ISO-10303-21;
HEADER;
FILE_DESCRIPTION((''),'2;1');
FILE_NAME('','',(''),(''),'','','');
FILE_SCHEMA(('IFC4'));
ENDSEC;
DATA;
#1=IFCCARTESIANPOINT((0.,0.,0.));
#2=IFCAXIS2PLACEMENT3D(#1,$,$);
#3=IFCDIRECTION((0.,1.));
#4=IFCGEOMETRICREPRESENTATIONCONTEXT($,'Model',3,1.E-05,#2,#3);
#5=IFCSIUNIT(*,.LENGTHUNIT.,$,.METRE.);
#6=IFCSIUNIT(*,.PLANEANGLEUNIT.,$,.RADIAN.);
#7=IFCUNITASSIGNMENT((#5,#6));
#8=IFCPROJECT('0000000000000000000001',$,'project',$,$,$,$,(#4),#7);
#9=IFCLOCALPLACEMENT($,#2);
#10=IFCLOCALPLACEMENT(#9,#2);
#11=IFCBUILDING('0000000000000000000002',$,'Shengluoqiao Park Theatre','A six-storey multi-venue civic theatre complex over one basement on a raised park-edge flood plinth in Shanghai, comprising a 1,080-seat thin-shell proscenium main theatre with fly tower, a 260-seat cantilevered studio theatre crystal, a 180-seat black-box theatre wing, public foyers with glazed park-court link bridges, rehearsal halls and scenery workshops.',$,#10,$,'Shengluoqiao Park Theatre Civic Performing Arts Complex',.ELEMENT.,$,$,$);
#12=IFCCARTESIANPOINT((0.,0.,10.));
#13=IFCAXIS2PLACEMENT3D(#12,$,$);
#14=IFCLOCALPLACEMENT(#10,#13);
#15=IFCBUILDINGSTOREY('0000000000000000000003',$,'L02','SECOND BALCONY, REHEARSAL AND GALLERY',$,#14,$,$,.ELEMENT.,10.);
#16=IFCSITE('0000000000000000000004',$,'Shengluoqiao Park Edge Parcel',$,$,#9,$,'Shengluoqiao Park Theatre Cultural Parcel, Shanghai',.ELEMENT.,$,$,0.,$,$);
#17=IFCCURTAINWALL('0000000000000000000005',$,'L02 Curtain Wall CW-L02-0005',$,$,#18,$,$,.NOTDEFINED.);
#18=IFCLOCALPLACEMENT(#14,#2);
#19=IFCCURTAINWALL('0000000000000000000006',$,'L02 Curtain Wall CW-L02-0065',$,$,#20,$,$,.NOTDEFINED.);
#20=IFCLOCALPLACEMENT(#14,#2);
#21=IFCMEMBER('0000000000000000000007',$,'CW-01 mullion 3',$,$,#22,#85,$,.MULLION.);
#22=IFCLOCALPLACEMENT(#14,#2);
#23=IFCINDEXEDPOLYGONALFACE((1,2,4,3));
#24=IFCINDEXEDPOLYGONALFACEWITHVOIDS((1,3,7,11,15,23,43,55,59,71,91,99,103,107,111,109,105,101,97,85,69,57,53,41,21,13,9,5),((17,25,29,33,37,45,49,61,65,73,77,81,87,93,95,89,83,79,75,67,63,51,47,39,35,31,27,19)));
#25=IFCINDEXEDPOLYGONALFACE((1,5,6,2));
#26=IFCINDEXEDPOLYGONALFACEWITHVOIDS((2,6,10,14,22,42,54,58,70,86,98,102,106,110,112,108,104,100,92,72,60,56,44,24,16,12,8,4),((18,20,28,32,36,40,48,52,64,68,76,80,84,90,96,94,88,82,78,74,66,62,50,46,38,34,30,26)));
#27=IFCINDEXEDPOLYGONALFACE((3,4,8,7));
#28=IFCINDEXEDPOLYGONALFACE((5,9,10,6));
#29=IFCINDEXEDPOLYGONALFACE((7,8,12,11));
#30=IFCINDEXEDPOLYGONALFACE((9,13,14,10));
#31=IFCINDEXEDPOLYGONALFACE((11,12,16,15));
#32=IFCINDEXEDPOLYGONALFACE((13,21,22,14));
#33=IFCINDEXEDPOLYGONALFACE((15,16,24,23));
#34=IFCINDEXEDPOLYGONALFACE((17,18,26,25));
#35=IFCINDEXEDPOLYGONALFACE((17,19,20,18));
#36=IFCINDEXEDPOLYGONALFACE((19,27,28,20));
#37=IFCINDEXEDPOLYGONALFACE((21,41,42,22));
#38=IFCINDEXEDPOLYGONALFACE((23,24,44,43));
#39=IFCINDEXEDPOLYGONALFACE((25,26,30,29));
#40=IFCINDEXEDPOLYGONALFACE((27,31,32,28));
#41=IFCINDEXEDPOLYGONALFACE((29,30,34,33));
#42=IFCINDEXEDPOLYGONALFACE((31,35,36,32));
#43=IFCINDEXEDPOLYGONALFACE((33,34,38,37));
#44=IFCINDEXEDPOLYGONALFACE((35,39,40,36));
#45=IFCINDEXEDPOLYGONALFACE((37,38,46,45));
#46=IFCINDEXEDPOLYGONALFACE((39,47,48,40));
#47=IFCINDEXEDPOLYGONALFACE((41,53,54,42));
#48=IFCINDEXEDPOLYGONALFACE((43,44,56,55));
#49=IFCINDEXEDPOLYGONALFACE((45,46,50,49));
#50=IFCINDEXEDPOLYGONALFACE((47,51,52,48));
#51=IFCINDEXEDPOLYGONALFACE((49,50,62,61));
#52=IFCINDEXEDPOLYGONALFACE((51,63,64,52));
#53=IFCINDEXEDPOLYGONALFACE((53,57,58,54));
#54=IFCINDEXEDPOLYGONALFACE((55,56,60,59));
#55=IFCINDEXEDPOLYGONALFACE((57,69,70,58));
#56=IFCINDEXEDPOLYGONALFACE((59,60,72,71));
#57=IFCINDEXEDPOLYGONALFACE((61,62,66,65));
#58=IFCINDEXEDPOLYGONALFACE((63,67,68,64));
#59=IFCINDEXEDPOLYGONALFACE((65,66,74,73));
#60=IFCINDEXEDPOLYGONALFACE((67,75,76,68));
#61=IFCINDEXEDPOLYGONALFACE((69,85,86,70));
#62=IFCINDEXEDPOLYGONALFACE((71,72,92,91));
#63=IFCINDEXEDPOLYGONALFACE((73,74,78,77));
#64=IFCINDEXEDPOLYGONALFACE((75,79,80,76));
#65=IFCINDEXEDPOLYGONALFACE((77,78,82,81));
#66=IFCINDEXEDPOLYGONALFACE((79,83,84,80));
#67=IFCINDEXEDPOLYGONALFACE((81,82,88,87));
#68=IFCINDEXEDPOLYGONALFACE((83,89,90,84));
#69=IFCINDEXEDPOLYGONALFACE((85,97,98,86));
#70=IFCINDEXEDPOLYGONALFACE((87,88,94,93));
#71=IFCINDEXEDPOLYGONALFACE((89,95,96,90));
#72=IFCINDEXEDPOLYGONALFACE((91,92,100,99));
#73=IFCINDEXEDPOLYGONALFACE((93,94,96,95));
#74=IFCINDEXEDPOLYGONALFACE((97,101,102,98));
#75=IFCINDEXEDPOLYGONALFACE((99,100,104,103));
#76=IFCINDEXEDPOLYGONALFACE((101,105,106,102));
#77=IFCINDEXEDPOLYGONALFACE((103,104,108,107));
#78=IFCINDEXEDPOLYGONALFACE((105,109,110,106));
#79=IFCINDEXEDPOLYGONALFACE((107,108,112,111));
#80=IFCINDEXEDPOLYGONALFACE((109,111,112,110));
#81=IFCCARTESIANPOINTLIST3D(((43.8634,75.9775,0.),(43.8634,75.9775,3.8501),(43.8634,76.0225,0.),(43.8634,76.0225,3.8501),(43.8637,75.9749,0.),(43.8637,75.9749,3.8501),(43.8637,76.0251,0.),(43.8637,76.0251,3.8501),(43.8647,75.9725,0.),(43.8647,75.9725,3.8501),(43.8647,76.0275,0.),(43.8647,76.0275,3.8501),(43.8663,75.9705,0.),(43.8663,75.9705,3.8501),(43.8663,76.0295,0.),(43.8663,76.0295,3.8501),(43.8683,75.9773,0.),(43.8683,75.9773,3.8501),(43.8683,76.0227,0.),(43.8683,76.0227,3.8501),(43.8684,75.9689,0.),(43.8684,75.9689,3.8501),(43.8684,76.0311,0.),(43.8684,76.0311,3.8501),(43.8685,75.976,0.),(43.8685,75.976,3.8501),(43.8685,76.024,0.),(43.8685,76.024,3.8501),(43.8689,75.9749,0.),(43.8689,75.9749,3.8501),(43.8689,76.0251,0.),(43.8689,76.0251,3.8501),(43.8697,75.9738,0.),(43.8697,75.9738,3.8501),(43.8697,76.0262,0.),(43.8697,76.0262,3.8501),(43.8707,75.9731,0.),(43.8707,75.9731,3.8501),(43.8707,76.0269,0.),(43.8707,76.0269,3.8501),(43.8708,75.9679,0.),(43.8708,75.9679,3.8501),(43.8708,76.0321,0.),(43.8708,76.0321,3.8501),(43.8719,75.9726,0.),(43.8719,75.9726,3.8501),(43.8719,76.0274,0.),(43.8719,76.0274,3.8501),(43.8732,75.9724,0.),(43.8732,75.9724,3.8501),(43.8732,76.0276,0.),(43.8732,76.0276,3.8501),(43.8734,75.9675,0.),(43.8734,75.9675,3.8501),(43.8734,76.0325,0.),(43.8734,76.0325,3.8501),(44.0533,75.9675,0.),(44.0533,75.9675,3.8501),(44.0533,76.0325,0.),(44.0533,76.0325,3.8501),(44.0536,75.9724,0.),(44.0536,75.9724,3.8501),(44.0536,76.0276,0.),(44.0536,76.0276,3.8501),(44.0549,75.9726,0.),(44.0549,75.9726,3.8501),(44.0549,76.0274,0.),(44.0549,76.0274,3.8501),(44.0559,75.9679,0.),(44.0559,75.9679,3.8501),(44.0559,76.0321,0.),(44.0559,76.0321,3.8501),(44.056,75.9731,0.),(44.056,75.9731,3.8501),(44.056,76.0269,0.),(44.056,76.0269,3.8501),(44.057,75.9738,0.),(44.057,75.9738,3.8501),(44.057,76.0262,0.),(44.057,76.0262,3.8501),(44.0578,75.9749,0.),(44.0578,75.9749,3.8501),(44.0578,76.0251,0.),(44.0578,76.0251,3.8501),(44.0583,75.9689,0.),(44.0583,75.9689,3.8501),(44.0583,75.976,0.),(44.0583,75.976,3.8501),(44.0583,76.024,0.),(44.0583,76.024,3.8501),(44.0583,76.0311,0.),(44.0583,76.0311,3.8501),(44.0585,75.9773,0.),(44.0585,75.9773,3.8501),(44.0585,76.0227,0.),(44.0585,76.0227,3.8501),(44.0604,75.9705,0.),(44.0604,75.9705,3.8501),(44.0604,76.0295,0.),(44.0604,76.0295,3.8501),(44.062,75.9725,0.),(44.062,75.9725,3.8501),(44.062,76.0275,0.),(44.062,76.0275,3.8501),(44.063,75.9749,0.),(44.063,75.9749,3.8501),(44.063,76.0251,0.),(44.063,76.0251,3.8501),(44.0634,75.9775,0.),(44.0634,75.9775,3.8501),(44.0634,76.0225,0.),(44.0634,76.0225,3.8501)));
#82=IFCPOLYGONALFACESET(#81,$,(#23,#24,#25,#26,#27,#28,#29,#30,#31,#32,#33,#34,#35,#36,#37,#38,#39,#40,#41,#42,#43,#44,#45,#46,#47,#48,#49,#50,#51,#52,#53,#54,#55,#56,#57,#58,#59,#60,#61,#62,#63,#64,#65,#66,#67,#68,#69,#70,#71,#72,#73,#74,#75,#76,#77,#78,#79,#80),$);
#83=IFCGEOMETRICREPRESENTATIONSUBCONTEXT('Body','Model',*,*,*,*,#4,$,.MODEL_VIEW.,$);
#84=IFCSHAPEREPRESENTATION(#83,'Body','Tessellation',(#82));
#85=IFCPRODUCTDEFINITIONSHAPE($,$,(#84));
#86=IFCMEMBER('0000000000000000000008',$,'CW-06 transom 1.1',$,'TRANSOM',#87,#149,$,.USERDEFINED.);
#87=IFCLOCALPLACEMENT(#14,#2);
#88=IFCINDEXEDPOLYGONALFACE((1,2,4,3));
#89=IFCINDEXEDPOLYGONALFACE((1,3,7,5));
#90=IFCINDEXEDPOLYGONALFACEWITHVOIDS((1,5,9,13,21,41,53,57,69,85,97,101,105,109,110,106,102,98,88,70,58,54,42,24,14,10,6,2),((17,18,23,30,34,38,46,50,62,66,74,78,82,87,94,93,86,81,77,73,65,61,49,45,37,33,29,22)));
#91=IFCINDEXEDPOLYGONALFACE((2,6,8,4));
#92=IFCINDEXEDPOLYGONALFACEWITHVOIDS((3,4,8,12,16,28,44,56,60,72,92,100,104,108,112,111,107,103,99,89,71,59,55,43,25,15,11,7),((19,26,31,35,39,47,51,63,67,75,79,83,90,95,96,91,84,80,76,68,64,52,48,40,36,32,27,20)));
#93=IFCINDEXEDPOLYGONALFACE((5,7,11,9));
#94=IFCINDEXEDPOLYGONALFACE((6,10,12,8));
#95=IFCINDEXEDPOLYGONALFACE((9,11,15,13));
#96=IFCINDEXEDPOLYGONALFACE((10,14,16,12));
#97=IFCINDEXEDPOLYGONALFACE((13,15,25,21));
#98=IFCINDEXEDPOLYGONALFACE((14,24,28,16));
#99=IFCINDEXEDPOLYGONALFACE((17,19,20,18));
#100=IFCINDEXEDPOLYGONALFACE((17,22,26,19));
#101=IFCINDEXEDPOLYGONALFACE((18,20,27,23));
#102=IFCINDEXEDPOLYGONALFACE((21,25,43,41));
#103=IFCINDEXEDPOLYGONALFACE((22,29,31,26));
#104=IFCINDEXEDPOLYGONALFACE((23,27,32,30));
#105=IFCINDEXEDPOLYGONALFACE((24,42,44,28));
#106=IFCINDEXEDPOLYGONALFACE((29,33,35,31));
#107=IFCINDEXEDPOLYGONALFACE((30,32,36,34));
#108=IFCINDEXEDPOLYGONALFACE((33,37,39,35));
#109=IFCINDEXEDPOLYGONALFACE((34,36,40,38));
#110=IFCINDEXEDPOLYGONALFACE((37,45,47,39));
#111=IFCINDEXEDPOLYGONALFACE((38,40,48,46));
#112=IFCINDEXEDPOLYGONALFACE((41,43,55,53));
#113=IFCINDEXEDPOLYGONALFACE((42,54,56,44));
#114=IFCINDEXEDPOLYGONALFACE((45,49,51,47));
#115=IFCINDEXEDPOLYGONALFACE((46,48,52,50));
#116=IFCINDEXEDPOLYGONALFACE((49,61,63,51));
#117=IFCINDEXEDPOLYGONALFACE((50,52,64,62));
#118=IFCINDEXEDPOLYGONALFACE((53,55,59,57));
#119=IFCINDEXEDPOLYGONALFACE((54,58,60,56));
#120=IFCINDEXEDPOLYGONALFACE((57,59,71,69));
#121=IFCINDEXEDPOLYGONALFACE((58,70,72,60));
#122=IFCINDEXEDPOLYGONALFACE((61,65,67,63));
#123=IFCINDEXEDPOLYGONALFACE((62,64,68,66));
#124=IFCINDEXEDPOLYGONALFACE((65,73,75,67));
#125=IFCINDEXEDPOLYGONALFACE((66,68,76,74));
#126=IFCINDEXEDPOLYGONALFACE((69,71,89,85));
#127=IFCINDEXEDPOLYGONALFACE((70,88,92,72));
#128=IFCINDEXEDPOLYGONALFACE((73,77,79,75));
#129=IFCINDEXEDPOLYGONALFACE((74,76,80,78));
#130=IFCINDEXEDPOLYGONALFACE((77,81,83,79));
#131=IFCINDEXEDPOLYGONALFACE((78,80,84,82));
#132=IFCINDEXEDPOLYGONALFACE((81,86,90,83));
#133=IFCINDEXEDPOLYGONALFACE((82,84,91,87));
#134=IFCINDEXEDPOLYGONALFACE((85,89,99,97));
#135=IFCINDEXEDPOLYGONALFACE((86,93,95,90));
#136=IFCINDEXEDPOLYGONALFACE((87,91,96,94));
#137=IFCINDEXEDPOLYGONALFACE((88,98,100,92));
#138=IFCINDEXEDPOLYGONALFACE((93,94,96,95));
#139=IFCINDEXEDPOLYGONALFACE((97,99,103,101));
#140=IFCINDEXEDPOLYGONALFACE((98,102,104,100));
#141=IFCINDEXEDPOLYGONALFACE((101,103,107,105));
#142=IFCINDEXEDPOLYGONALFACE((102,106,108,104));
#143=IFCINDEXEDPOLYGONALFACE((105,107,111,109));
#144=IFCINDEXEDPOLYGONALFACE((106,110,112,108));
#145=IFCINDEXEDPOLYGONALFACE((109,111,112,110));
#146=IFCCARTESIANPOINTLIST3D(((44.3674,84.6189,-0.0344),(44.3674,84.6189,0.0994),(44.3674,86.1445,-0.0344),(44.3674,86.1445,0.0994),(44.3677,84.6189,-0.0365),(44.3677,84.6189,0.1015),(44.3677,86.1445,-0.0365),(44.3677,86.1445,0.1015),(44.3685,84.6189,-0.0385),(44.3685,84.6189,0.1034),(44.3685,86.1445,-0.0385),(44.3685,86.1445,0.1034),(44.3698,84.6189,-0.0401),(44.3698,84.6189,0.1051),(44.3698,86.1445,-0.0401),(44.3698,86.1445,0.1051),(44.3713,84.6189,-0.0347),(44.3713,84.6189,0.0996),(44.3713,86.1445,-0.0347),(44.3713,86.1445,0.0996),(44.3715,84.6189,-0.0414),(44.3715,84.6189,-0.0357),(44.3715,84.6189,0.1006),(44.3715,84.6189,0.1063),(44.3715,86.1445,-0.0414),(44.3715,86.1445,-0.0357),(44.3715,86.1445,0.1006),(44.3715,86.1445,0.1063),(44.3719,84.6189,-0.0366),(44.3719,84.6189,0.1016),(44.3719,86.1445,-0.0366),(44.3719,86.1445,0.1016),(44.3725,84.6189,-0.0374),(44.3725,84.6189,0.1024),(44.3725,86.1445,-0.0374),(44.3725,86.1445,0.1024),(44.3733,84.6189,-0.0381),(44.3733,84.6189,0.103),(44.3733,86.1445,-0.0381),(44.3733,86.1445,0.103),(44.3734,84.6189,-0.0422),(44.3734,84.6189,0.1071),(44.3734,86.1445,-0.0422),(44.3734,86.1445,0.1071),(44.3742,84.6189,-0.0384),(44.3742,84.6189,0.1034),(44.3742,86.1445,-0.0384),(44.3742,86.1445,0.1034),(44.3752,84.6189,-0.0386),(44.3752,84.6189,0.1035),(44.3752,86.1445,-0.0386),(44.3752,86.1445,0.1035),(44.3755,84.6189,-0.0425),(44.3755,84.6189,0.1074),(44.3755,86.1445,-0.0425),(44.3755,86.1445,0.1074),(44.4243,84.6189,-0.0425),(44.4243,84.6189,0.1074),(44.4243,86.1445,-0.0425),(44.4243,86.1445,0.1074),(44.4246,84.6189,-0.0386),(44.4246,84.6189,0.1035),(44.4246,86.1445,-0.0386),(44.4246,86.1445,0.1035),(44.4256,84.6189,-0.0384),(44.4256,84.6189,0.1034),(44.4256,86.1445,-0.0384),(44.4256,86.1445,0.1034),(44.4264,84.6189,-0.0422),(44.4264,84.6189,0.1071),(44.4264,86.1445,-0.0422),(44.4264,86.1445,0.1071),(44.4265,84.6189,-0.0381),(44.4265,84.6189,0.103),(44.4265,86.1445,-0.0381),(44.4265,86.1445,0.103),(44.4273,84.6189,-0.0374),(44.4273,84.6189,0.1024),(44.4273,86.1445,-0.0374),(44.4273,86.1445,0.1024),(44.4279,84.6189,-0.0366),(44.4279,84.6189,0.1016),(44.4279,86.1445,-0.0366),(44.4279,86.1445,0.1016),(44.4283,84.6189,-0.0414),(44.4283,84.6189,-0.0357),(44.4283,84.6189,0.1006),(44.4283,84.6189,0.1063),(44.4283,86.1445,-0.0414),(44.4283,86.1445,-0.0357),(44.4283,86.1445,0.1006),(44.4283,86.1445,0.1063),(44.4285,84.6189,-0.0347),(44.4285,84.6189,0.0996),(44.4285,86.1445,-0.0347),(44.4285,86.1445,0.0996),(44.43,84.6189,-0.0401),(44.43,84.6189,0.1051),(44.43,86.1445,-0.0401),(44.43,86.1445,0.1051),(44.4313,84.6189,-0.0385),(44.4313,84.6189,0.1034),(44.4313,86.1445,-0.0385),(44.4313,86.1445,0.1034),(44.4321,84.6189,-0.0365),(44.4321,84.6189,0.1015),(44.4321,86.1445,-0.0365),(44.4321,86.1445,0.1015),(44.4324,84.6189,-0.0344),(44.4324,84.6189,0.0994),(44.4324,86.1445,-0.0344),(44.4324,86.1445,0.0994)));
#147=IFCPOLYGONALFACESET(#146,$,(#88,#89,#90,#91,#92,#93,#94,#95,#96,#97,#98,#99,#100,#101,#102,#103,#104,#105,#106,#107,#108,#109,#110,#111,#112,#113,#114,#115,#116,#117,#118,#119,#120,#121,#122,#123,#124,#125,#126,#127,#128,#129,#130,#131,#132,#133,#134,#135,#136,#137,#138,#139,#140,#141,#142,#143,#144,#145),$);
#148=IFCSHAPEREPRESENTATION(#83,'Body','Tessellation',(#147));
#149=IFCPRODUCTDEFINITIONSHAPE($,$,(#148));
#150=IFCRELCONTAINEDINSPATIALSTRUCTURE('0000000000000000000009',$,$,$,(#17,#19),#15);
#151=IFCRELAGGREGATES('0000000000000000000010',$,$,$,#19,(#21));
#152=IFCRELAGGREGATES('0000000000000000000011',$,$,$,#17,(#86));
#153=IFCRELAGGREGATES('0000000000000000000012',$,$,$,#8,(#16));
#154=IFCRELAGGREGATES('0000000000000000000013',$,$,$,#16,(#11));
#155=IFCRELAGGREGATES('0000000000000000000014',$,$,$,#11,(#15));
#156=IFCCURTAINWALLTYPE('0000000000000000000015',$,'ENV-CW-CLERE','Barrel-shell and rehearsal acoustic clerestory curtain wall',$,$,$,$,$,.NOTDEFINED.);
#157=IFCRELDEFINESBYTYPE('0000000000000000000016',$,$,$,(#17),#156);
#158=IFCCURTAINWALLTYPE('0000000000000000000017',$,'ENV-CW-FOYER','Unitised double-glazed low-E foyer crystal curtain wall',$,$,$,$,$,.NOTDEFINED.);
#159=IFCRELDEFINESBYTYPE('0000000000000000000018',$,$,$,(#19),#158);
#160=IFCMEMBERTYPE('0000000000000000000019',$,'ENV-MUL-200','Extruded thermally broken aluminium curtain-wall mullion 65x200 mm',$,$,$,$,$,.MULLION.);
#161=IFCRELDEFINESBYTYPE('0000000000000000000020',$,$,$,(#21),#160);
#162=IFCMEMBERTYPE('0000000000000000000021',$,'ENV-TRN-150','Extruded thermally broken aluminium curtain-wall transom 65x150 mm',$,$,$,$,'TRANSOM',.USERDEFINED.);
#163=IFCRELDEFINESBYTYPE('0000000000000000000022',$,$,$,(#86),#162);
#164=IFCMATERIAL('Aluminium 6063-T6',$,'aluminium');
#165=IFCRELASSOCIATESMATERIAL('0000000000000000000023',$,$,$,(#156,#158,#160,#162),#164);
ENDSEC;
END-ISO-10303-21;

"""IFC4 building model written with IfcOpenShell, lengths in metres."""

from ifc_helpers import new_model, si_unit, direction, frame, origin, origin_2d, place, context, subcontext, project, spatial, hollow_rectangle, extrude, material, material_profile, profile_set, type_object, element, aggregate, save


model = new_model("IFC4")

# Units and contexts
model_context = context("Model", 3, precision=1e-05, world=origin(), true_north=direction((0.0, 1.0)))
body_context = subcontext(model_context, "Body", "Model", "MODEL_VIEW")
ifc_project = project(units=[si_unit("LENGTHUNIT", "METRE"), si_unit("PLANEANGLEUNIT", "RADIAN")], contexts=[model_context])

# Site, building, storey
site_placement = place(None, origin())
site = spatial("IfcSite", under=ifc_project, at=site_placement, Name="Shengluoqiao Park Edge Parcel", LongName="Shengluoqiao Park Theatre Cultural Parcel, Shanghai", CompositionType="ELEMENT", RefElevation=0.0)
building_placement = place(site_placement, origin())
building = spatial("IfcBuilding", under=site, at=building_placement, Name="Shengluoqiao Park Theatre", Description="A six-storey multi-venue civic theatre complex over one basement on a raised park-edge flood plinth in Shanghai, comprising a 1,080-seat thin-shell proscenium main theatre with fly tower, a 260-seat cantilevered studio theatre crystal, a 180-seat black-box theatre wing, public foyers with glazed park-court link bridges, rehearsal halls and scenery workshops.", LongName="Shengluoqiao Park Theatre Civic Performing Arts Complex", CompositionType="ELEMENT")
storey_placement = place(building_placement, frame((0.0, 0.0, 10.0)))
storey = spatial("IfcBuildingStorey", under=building, at=storey_placement, Name="L02", Description="SECOND BALCONY, REHEARSAL AND GALLERY", CompositionType="ELEMENT", Elevation=10.0)

# Curtain wall
ifc_material_1 = material(Name="Aluminium 6063-T6", Category="aluminium")
curtain_wall_type_1 = type_object("IfcCurtainWallType", Name="ENV-CW-CLERE", Description="Barrel-shell and rehearsal acoustic clerestory curtain wall", PredefinedType="NOTDEFINED", material=ifc_material_1)
curtain_wall_1_placement = place(storey_placement, origin())
curtain_wall_1 = element("IfcCurtainWall", 1, at=curtain_wall_1_placement, inside=storey, type_object=curtain_wall_type_1, Name="L02 Curtain Wall CW-L02-0005", PredefinedType="NOTDEFINED")
ifc_material_profile_1 = material_profile(ifc_material_1, hollow_rectangle(XDim=0.0649, YDim=0.2, WallThickness=0.0049, InnerFilletRadius=0.0049, OuterFilletRadius=0.01, at=origin_2d()), Name="ALU MULLION 200x65x5")
ifc_profile_set_1 = profile_set([ifc_material_profile_1], Name="Aluminium 6063-T6")
member_type_1 = type_object("IfcMemberType", Name="ENV-MUL-200", Description="Extruded thermally broken aluminium curtain-wall mullion 65x200 mm", PredefinedType="MULLION", material=ifc_profile_set_1)

# Curtain wall, member
curtain_wall_type_2 = type_object("IfcCurtainWallType", Name="ENV-CW-FOYER", Description="Unitised double-glazed low-E foyer crystal curtain wall", PredefinedType="NOTDEFINED", material=ifc_material_1)
curtain_wall_2_placement = place(storey_placement, origin())
curtain_wall_2 = element("IfcCurtainWall", 2, at=curtain_wall_2_placement, inside=storey, type_object=curtain_wall_type_2, Name="L02 Curtain Wall CW-L02-0065", PredefinedType="NOTDEFINED")
member_1_placement = place(storey_placement, frame((43.9634, 76.0, 0.0), z_axis=(0.0, 0.0, 1.0), x_axis=(0.0, 1.0, 0.0)))
member_1 = element("IfcMember", 3, at=member_1_placement, type_object=member_type_1, Name="CW-01 mullion 3", PredefinedType="MULLION", context=body_context, shape_type="SweptSolid", body=[
    extrude(hollow_rectangle(XDim=0.0649, YDim=0.2, WallThickness=0.0049, InnerFilletRadius=0.0049, OuterFilletRadius=0.01, at=origin_2d()), origin(), (0.0, 0.0, 1.0), 3.8501),
])

# Member
ifc_material_profile_2 = material_profile(ifc_material_1, hollow_rectangle(XDim=0.0649, YDim=0.1499, WallThickness=0.0039, InnerFilletRadius=0.0039, OuterFilletRadius=0.0081, at=origin_2d()), Name="ALU TRANSOM 150x65x4")
ifc_profile_set_2 = profile_set([ifc_material_profile_2], Name="Aluminium 6063-T6")
member_type_2 = type_object("IfcMemberType", Name="ENV-TRN-150", Description="Extruded thermally broken aluminium curtain-wall transom 65x150 mm", ElementType="TRANSOM", PredefinedType="USERDEFINED", material=ifc_profile_set_2)
member_2_placement = place(storey_placement, frame((44.3999, 84.6189, 0.0325), z_axis=(0.0, 1.0, 0.0), x_axis=(-1.0, 0.0, 0.0)))
member_2 = element("IfcMember", 4, at=member_2_placement, type_object=member_type_2, Name="CW-06 transom 1.1", ObjectType="TRANSOM", PredefinedType="USERDEFINED", context=body_context, shape_type="SweptSolid", body=[
    extrude(hollow_rectangle(XDim=0.0649, YDim=0.1499, WallThickness=0.0039, InnerFilletRadius=0.0039, OuterFilletRadius=0.0081, at=origin_2d()), origin(), (0.0, 0.0, 1.0), 1.5256),
])

aggregate(curtain_wall_2, [member_1])
aggregate(curtain_wall_1, [member_2])

save(model, "model.ifc")
